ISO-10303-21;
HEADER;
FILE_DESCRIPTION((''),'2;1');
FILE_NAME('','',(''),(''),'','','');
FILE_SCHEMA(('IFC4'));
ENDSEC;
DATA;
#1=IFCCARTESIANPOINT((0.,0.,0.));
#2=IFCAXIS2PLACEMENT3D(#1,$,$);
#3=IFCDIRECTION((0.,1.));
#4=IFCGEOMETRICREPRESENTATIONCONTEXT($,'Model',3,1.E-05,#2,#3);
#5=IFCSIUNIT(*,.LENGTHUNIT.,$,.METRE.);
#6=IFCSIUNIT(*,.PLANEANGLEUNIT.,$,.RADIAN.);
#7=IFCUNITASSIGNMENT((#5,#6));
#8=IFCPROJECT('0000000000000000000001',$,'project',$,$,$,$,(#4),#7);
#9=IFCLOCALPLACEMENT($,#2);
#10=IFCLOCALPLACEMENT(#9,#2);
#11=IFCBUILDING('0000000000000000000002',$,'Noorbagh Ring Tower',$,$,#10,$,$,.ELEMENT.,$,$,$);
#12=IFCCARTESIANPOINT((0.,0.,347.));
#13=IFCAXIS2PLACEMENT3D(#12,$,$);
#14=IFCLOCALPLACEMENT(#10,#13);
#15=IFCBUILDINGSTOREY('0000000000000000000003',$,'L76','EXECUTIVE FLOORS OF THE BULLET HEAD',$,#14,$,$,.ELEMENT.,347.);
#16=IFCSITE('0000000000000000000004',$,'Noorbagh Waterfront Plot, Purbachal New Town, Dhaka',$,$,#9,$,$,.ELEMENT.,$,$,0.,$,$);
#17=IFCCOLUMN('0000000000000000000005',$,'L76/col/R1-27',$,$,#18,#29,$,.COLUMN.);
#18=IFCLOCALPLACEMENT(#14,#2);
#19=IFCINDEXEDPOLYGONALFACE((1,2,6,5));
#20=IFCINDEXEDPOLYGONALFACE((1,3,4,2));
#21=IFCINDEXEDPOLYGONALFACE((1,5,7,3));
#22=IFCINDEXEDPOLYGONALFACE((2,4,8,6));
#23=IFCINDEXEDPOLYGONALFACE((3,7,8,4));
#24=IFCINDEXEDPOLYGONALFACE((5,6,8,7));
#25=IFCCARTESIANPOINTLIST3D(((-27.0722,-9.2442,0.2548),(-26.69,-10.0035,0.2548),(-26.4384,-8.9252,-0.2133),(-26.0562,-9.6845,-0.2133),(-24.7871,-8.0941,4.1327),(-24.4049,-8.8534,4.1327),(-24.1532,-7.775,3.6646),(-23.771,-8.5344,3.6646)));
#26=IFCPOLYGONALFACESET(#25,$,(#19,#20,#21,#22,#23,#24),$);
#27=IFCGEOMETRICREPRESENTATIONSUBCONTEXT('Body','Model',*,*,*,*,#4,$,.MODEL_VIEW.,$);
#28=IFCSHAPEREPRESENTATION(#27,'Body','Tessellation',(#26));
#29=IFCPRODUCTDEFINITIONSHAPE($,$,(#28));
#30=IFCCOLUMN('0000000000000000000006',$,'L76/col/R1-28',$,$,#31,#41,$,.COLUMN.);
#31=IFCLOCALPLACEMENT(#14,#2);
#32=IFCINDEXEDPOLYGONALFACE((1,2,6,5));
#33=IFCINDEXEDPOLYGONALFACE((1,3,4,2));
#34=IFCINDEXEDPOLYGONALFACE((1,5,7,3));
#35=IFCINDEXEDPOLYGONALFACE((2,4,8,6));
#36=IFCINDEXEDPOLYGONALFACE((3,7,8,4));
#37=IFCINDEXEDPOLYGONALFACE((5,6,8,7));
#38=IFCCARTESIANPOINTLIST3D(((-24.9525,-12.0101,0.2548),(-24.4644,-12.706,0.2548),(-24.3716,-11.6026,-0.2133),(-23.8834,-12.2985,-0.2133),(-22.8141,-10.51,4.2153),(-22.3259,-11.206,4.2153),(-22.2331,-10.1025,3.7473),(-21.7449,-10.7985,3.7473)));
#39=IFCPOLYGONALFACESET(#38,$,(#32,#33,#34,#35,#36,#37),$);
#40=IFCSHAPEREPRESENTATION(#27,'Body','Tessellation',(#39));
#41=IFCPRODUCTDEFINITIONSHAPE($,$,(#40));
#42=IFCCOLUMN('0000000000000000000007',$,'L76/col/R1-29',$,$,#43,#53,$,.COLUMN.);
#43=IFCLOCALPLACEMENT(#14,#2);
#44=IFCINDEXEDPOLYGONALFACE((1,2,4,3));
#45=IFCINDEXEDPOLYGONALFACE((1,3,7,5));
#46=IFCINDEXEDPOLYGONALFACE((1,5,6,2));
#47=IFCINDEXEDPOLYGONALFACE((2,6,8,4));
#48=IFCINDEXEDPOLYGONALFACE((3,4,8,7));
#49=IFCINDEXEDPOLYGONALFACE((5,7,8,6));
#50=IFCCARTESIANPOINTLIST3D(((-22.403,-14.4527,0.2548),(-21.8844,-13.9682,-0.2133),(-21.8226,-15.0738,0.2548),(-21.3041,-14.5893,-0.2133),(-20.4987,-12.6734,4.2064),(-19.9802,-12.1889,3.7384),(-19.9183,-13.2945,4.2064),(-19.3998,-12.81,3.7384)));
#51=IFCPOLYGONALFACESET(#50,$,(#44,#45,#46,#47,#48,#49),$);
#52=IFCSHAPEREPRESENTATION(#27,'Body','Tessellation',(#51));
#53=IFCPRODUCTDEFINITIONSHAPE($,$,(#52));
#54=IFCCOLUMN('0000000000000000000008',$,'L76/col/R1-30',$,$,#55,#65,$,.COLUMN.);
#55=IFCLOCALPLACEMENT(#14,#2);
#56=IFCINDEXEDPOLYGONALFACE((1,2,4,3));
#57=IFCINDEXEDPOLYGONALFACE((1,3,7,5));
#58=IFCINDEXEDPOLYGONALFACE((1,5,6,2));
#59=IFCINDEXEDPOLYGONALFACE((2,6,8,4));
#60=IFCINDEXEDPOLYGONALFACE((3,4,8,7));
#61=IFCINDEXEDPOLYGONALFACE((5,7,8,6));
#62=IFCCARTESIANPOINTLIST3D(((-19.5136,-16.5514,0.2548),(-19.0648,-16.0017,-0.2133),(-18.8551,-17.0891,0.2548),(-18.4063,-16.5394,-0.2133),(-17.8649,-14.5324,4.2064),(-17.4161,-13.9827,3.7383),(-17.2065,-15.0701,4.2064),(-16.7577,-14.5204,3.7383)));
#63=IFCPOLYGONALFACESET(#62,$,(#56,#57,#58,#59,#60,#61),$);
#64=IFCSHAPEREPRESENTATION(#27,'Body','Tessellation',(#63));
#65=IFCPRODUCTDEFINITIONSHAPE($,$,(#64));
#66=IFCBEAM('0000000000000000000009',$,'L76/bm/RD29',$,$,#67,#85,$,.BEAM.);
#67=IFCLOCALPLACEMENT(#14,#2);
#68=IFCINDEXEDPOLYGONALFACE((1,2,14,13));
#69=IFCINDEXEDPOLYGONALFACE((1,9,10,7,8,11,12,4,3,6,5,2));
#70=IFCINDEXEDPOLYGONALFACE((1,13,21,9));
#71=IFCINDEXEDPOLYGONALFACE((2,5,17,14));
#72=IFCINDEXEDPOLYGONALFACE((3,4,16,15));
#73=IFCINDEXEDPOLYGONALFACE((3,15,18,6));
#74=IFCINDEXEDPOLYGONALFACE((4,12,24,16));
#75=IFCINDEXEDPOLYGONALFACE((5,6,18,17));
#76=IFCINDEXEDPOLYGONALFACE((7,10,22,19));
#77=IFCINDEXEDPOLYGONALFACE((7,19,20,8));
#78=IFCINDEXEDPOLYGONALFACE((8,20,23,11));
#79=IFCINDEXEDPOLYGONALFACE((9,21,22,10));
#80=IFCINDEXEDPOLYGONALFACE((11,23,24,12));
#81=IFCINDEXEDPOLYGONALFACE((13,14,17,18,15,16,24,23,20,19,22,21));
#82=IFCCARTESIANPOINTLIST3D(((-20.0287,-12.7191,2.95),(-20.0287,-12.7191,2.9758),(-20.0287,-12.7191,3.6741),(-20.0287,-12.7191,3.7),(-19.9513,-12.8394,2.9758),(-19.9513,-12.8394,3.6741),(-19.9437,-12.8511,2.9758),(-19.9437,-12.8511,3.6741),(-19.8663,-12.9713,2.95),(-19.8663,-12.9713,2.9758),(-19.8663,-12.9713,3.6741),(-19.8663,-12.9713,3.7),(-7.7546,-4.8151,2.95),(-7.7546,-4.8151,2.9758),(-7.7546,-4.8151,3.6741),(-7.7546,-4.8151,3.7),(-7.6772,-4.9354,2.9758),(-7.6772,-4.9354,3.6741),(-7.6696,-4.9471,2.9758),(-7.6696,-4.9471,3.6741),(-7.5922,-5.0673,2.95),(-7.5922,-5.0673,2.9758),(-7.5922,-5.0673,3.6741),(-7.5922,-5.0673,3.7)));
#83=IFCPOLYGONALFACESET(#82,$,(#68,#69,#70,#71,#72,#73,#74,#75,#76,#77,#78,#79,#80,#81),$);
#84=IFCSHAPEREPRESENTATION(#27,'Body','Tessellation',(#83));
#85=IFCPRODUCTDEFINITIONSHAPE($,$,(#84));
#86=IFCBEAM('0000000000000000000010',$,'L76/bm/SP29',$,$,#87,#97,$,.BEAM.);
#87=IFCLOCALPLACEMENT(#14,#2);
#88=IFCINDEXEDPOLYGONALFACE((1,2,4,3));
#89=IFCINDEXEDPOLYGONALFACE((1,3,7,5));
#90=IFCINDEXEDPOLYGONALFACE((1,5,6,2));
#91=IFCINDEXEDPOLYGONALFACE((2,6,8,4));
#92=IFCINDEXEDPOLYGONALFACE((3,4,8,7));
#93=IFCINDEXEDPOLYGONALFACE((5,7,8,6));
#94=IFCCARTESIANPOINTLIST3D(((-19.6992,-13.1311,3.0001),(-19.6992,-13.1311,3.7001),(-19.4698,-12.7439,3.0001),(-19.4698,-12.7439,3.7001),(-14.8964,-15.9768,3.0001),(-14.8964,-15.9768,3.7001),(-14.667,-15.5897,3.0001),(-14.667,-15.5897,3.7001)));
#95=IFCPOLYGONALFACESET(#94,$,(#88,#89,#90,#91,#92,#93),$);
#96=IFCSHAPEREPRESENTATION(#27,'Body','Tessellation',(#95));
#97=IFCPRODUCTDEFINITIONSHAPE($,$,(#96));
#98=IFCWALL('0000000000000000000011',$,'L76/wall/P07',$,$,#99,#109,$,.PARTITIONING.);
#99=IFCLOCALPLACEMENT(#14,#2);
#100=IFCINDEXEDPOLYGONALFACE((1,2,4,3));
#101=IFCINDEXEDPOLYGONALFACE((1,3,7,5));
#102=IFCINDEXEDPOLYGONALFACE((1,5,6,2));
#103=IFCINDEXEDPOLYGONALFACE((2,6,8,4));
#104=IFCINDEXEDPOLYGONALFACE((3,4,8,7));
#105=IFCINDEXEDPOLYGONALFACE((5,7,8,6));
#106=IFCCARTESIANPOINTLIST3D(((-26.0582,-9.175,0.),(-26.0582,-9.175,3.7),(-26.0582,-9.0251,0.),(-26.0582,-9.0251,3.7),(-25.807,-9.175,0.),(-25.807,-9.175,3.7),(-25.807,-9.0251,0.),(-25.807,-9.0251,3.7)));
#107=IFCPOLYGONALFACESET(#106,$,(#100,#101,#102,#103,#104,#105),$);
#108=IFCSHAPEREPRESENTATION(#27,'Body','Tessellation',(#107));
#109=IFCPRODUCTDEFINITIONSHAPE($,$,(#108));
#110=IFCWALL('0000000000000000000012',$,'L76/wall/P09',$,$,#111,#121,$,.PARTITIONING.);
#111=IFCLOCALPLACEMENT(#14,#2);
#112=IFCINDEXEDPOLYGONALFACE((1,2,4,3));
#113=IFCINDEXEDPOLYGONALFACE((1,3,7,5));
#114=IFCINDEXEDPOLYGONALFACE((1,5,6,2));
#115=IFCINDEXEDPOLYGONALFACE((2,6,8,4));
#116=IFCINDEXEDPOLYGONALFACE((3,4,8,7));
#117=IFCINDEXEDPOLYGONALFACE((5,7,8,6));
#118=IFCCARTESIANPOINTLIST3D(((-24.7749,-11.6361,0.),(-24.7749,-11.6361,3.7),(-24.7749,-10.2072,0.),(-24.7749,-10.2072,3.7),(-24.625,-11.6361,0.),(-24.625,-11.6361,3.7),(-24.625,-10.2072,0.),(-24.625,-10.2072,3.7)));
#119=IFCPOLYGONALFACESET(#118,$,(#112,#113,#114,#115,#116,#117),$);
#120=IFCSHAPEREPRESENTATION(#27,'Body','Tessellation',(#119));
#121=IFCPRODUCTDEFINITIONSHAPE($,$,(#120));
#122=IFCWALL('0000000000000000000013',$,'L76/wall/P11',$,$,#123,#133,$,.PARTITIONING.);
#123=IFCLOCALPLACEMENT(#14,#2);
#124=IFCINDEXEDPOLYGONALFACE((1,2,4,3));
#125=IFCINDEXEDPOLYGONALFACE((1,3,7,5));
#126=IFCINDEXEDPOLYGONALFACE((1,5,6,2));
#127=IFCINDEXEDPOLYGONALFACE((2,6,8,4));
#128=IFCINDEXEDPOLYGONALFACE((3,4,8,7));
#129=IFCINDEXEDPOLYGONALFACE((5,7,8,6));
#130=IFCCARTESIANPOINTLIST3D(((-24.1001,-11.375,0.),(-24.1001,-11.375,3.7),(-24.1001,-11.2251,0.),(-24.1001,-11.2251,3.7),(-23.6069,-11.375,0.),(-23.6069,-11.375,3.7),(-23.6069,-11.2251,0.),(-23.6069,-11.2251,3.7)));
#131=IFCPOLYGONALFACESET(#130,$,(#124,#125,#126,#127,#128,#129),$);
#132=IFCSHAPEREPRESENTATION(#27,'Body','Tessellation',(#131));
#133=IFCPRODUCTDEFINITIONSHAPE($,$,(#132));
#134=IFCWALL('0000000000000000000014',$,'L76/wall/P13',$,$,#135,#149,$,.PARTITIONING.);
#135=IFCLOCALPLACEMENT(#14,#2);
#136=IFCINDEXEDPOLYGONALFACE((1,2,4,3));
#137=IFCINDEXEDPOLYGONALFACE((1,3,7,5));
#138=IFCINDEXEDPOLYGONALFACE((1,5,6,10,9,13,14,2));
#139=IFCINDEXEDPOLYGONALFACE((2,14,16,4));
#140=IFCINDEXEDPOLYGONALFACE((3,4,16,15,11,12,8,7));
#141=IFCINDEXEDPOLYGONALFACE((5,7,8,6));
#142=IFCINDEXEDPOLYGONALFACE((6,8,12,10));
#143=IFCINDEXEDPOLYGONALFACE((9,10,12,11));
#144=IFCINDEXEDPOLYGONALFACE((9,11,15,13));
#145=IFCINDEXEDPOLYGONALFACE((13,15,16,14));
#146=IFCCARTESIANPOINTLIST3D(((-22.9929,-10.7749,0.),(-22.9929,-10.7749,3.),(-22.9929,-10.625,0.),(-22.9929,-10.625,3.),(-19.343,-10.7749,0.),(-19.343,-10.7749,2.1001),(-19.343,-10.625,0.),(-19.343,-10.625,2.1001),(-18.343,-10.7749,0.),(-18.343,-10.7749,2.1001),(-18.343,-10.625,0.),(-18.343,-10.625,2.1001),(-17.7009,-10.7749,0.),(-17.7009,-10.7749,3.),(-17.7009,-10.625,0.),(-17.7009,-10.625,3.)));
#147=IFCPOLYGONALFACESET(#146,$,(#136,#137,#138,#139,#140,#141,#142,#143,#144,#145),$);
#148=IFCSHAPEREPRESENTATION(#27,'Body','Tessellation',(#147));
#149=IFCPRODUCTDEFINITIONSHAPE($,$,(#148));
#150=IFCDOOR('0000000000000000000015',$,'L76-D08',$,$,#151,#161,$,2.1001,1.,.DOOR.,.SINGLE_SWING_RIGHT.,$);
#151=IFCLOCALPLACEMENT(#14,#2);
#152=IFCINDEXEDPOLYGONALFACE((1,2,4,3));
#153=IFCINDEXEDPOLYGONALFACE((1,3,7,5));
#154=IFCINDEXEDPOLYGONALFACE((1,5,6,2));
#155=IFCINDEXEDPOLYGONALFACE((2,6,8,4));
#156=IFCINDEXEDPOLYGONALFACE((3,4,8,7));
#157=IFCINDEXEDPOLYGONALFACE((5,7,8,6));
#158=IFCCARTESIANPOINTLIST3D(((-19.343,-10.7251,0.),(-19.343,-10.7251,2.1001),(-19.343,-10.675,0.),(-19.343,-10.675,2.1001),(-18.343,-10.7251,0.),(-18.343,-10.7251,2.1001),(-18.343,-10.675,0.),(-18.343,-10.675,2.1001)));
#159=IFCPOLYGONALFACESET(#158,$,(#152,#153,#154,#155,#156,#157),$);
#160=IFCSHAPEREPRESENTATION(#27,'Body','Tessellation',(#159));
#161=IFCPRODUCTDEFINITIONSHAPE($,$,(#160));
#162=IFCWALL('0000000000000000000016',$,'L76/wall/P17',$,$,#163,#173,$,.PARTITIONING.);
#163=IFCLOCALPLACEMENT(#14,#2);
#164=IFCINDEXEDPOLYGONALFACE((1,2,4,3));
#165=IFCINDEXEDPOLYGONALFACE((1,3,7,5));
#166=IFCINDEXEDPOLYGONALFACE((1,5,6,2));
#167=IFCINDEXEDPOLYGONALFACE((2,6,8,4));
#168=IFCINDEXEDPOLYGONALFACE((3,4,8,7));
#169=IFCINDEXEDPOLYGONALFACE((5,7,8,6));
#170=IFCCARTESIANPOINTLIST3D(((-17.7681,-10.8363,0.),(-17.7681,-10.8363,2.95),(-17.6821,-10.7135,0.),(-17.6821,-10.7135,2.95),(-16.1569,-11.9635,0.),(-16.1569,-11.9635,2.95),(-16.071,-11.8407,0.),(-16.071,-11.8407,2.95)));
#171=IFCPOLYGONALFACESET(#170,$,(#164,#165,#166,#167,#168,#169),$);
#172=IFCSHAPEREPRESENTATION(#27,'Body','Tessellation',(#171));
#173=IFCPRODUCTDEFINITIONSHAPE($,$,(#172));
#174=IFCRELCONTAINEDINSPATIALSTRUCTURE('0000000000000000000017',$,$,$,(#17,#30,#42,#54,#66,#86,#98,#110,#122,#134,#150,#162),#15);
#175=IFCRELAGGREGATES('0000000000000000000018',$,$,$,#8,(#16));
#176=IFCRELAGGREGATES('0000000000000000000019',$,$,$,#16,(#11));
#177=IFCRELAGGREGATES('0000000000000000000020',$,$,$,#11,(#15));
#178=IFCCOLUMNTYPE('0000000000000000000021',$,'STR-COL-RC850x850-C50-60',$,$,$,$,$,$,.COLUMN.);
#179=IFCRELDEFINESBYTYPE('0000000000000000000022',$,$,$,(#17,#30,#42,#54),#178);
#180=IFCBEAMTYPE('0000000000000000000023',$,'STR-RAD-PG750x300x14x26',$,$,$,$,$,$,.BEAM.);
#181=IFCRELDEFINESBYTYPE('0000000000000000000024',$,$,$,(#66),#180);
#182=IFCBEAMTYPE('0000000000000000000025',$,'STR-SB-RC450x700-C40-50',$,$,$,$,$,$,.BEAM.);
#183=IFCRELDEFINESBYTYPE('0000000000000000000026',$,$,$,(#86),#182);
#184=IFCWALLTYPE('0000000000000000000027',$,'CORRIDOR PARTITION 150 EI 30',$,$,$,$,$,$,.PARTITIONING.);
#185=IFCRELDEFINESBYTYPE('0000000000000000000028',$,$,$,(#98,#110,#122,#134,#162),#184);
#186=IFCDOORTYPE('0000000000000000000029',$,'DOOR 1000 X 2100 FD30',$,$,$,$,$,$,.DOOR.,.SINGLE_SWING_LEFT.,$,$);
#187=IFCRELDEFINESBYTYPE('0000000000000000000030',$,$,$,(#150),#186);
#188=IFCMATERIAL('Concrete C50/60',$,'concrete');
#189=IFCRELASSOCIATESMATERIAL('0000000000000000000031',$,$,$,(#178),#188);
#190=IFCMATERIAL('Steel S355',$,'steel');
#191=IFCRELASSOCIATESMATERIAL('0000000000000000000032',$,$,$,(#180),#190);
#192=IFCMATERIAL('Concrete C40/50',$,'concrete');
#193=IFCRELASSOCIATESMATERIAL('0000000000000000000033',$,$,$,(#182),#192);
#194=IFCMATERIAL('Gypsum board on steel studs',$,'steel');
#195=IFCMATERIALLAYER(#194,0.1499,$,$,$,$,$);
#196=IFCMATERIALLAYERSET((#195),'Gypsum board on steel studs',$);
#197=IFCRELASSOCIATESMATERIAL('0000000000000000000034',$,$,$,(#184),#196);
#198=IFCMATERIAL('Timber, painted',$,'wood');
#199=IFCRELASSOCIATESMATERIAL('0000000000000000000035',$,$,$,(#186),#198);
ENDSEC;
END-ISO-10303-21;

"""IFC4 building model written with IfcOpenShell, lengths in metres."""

from ifc_helpers import new_model, si_unit, direction, frame, frame_2d, origin, origin_2d, place, context, subcontext, project, spatial, rectangle, i_section, extrude, material, layer, layer_set, material_profile, profile_set, type_object, element, fill, save


model = new_model("IFC4")

# Units and contexts
model_context = context("Model", 3, precision=1e-05, world=origin(), true_north=direction((0.0, 1.0)))
body_context = subcontext(model_context, "Body", "Model", "MODEL_VIEW")
ifc_project = project(units=[si_unit("LENGTHUNIT", "METRE"), si_unit("PLANEANGLEUNIT", "RADIAN")], contexts=[model_context])

# Site, building, storey
site_placement = place(None, origin())
site = spatial("IfcSite", under=ifc_project, at=site_placement, Name="Noorbagh Waterfront Plot, Purbachal New Town, Dhaka", CompositionType="ELEMENT", RefElevation=0.0)
building_placement = place(site_placement, origin())
building = spatial("IfcBuilding", under=site, at=building_placement, Name="Noorbagh Ring Tower", CompositionType="ELEMENT")
storey_placement = place(building_placement, frame((0.0, 0.0, 347.0)))
storey = spatial("IfcBuildingStorey", under=building, at=storey_placement, Name="L76", Description="EXECUTIVE FLOORS OF THE BULLET HEAD", CompositionType="ELEMENT", Elevation=347.0)

# Columns
ifc_material_1 = material(Name="Concrete C50/60", Category="concrete")
ifc_material_profile_1 = material_profile(ifc_material_1, rectangle(XDim=0.8501, YDim=0.8501, at=origin_2d()), Name="RC850x850")
ifc_profile_set_1 = profile_set([ifc_material_profile_1], Name="Concrete C50/60")
column_type = type_object("IfcColumnType", Name="STR-COL-RC850x850-C50-60", PredefinedType="COLUMN", material=ifc_profile_set_1)
column_1_placement = place(storey_placement, frame((-26.5642, -9.4644, 0.0208), z_axis=(0.49188, 0.247569, 0.834724), x_axis=(-0.449579, 0.893241, 0.0)))
element("IfcColumn", 1, at=column_1_placement, inside=storey, type_object=column_type, Name="L76/col/R1-27", PredefinedType="COLUMN", context=body_context, shape_type="SweptSolid", body=[
    extrude(rectangle(XDim=0.8501, YDim=0.8501, at=origin_2d()), origin(), (0.0, 0.0, 1.0), 4.6458),
])
column_2_placement = place(storey_placement, frame((-24.418, -12.1543, 0.0208), z_axis=(0.45074, 0.316171, 0.834787), x_axis=(-0.574259, 0.818674, 0.0)))
element("IfcColumn", 2, at=column_2_placement, inside=storey, type_object=column_type, Name="L76/col/R1-28", PredefinedType="COLUMN", context=body_context, shape_type="SweptSolid", body=[
    extrude(rectangle(XDim=0.8501, YDim=0.8501, at=origin_2d()), origin(), (0.0, 0.0, 1.0), 4.7444),
])
column_3_placement = place(storey_placement, frame((-21.8535, -14.521, 0.0208), z_axis=(0.402286, 0.375879, 0.834794), x_axis=(-0.682719, 0.730681, 0.0)))
element("IfcColumn", 3, at=column_3_placement, inside=storey, type_object=column_type, Name="L76/col/R1-29", PredefinedType="COLUMN", context=body_context, shape_type="SweptSolid", body=[
    extrude(rectangle(XDim=0.8501, YDim=0.8501, at=origin_2d()), origin(), (0.0, 0.0, 1.0), 4.7336),
])
column_4_placement = place(storey_placement, frame((-18.96, -16.5454, 0.0208), z_axis=(0.348267, 0.426503, 0.834749), x_axis=(-0.77457, 0.632488, 0.0)))
element("IfcColumn", 4, at=column_4_placement, inside=storey, type_object=column_type, Name="L76/col/R1-30", PredefinedType="COLUMN", context=body_context, shape_type="SweptSolid", body=[
    extrude(rectangle(XDim=0.8501, YDim=0.8501, at=origin_2d()), origin(), (0.0, 0.0, 1.0), 4.7339),
])

# Beams
ifc_material_2 = material(Name="Steel S355", Category="steel")
ifc_material_profile_2 = material_profile(ifc_material_2, i_section(OverallWidth=0.3, OverallDepth=0.75, WebThickness=0.0139, FlangeThickness=0.0259, at=origin_2d()), Name="PG750x300x14x26")
ifc_profile_set_2 = profile_set([ifc_material_profile_2], Name="Steel S355")
beam_type_1 = type_object("IfcBeamType", Name="STR-RAD-PG750x300x14x26", PredefinedType="BEAM", material=ifc_profile_set_2)
beam_1_placement = place(storey_placement, frame((-19.9475, -12.8452, 3.325), z_axis=(0.840757, 0.541412, 0.0), x_axis=(-0.541412, 0.840757, 0.0)))
element("IfcBeam", 5, at=beam_1_placement, inside=storey, type_object=beam_type_1, Name="L76/bm/RD29", PredefinedType="BEAM", context=body_context, shape_type="SweptSolid", body=[
    extrude(i_section(OverallWidth=0.3, OverallDepth=0.75, WebThickness=0.0139, FlangeThickness=0.0259, at=origin_2d()), origin(), (0.0, 0.0, 1.0), 14.5989),
])
ifc_material_3 = material(Name="Concrete C40/50", Category="concrete")
ifc_material_profile_3 = material_profile(ifc_material_3, rectangle(XDim=0.45, YDim=0.7, at=origin_2d()), Name="RC450x700")
ifc_profile_set_3 = profile_set([ifc_material_profile_3], Name="Concrete C40/50")
beam_type_2 = type_object("IfcBeamType", Name="STR-SB-RC450x700-C40-50", PredefinedType="BEAM", material=ifc_profile_set_3)
beam_2_placement = place(storey_placement, frame((-19.5845, -12.9375, 3.3501), z_axis=(0.86032, -0.509754, 0.0), x_axis=(0.509754, 0.86032, 0.0)))
element("IfcBeam", 6, at=beam_2_placement, inside=storey, type_object=beam_type_2, Name="L76/bm/SP29", PredefinedType="BEAM", context=body_context, shape_type="SweptSolid", body=[
    extrude(rectangle(XDim=0.45, YDim=0.7, at=origin_2d()), origin(), (0.0, 0.0, 1.0), 5.5825),
])

# Walls
ifc_material_4 = material(Name="Gypsum board on steel studs", Category="steel")
ifc_layer_1 = layer(ifc_material_4, 0.1499)
ifc_layer_set_1 = layer_set([ifc_layer_1], Name="Gypsum board on steel studs")
wall_type_1 = type_object("IfcWallType", Name="CORRIDOR PARTITION 150 EI 30", PredefinedType="PARTITIONING", material=ifc_layer_set_1)
wall_1_placement = place(storey_placement, frame((-26.0581, -9.1001, 0.0), z_axis=(0.0, 0.0, 1.0), x_axis=(1.0, 0.0, 0.0)))
element("IfcWall", 7, at=wall_1_placement, inside=storey, type_object=wall_type_1, Name="L76/wall/P07", PredefinedType="PARTITIONING", context=body_context, shape_type="SweptSolid", body=[
    extrude(rectangle(XDim=0.2512, YDim=0.1499, at=frame_2d((0.1255, 0.0))), origin(), (0.0, 0.0, 1.0), 3.7),
])
wall_2_placement = place(storey_placement, frame((-24.7, -11.636, 0.0), z_axis=(0.0, 0.0, 1.0), x_axis=(0.0, 1.0, 0.0)))
element("IfcWall", 8, at=wall_2_placement, inside=storey, type_object=wall_type_1, Name="L76/wall/P09", PredefinedType="PARTITIONING", context=body_context, shape_type="SweptSolid", body=[
    extrude(rectangle(XDim=1.429, YDim=0.1499, at=frame_2d((0.7144, 0.0))), origin(), (0.0, 0.0, 1.0), 3.7),
])
wall_3_placement = place(storey_placement, frame((-24.1001, -11.3, 0.0), z_axis=(0.0, 0.0, 1.0), x_axis=(1.0, 0.0, 0.0)))
element("IfcWall", 9, at=wall_3_placement, inside=storey, type_object=wall_type_1, Name="L76/wall/P11", PredefinedType="PARTITIONING", context=body_context, shape_type="SweptSolid", body=[
    extrude(rectangle(XDim=0.4932, YDim=0.1499, at=frame_2d((0.2466, 0.0))), origin(), (0.0, 0.0, 1.0), 3.7),
])

# Wall, opening, door
wall_4_placement = place(storey_placement, frame((-22.9929, -10.7, 0.0), z_axis=(0.0, 0.0, 1.0), x_axis=(1.0, 0.0, 0.0)))
wall_4 = element("IfcWall", 10, at=wall_4_placement, inside=storey, type_object=wall_type_1, Name="L76/wall/P13", PredefinedType="PARTITIONING", context=body_context, shape_type="SweptSolid", body=[
    extrude(rectangle(XDim=5.292, YDim=0.1499, at=frame_2d((2.646, 0.0))), origin(), (0.0, 0.0, 1.0), 3.0),
])
opening_placement = place(wall_4_placement, frame((3.6499, 0.0, 0.0)))
opening = element("IfcOpeningElement", 11, at=opening_placement, cuts=wall_4, PredefinedType="OPENING", context=body_context, shape_type="SweptSolid", body=[
    extrude(rectangle(XDim=1.0, YDim=2.1001, at=frame_2d((0.5, 1.05))), frame((0.0, 0.085, 0.0), z_axis=(0.0, -1.0, 0.0), x_axis=(1.0, 0.0, 0.0)), (0.0, 0.0, 1.0), 0.1699),
])
ifc_material_5 = material(Name="Timber, painted", Category="wood")
door_type = type_object("IfcDoorType", Name="DOOR 1000 X 2100 FD30", OperationType="SINGLE_SWING_LEFT", PredefinedType="DOOR", material=ifc_material_5)
door_placement = place(opening_placement, origin())
door = element("IfcDoor", 12, at=door_placement, inside=storey, type_object=door_type, Name="L76-D08", OperationType="SINGLE_SWING_RIGHT", OverallHeight=2.1001, OverallWidth=1.0, PredefinedType="DOOR", context=body_context, shape_type="SweptSolid", body=[
    extrude(rectangle(XDim=1.0, YDim=2.1001, at=frame_2d((0.5, 1.05))), frame((0.0, 0.0249, 0.0), z_axis=(0.0, -1.0, 0.0), x_axis=(1.0, 0.0, 0.0)), (0.0, 0.0, 1.0), 0.05),
])
fill(opening, door)

# Wall
wall_5_placement = place(storey_placement, frame((-17.7251, -10.7749, 0.0), z_axis=(0.0, 0.0, 1.0), x_axis=(0.819366, -0.573271, 0.0)))
element("IfcWall", 13, at=wall_5_placement, inside=storey, type_object=wall_type_1, Name="L76/wall/P17", PredefinedType="PARTITIONING", context=body_context, shape_type="SweptSolid", body=[
    extrude(rectangle(XDim=1.9663, YDim=0.1499, at=frame_2d((0.9832, 0.0))), origin(), (0.0, 0.0, 1.0), 2.95),
])

save(model, "model.ifc")
